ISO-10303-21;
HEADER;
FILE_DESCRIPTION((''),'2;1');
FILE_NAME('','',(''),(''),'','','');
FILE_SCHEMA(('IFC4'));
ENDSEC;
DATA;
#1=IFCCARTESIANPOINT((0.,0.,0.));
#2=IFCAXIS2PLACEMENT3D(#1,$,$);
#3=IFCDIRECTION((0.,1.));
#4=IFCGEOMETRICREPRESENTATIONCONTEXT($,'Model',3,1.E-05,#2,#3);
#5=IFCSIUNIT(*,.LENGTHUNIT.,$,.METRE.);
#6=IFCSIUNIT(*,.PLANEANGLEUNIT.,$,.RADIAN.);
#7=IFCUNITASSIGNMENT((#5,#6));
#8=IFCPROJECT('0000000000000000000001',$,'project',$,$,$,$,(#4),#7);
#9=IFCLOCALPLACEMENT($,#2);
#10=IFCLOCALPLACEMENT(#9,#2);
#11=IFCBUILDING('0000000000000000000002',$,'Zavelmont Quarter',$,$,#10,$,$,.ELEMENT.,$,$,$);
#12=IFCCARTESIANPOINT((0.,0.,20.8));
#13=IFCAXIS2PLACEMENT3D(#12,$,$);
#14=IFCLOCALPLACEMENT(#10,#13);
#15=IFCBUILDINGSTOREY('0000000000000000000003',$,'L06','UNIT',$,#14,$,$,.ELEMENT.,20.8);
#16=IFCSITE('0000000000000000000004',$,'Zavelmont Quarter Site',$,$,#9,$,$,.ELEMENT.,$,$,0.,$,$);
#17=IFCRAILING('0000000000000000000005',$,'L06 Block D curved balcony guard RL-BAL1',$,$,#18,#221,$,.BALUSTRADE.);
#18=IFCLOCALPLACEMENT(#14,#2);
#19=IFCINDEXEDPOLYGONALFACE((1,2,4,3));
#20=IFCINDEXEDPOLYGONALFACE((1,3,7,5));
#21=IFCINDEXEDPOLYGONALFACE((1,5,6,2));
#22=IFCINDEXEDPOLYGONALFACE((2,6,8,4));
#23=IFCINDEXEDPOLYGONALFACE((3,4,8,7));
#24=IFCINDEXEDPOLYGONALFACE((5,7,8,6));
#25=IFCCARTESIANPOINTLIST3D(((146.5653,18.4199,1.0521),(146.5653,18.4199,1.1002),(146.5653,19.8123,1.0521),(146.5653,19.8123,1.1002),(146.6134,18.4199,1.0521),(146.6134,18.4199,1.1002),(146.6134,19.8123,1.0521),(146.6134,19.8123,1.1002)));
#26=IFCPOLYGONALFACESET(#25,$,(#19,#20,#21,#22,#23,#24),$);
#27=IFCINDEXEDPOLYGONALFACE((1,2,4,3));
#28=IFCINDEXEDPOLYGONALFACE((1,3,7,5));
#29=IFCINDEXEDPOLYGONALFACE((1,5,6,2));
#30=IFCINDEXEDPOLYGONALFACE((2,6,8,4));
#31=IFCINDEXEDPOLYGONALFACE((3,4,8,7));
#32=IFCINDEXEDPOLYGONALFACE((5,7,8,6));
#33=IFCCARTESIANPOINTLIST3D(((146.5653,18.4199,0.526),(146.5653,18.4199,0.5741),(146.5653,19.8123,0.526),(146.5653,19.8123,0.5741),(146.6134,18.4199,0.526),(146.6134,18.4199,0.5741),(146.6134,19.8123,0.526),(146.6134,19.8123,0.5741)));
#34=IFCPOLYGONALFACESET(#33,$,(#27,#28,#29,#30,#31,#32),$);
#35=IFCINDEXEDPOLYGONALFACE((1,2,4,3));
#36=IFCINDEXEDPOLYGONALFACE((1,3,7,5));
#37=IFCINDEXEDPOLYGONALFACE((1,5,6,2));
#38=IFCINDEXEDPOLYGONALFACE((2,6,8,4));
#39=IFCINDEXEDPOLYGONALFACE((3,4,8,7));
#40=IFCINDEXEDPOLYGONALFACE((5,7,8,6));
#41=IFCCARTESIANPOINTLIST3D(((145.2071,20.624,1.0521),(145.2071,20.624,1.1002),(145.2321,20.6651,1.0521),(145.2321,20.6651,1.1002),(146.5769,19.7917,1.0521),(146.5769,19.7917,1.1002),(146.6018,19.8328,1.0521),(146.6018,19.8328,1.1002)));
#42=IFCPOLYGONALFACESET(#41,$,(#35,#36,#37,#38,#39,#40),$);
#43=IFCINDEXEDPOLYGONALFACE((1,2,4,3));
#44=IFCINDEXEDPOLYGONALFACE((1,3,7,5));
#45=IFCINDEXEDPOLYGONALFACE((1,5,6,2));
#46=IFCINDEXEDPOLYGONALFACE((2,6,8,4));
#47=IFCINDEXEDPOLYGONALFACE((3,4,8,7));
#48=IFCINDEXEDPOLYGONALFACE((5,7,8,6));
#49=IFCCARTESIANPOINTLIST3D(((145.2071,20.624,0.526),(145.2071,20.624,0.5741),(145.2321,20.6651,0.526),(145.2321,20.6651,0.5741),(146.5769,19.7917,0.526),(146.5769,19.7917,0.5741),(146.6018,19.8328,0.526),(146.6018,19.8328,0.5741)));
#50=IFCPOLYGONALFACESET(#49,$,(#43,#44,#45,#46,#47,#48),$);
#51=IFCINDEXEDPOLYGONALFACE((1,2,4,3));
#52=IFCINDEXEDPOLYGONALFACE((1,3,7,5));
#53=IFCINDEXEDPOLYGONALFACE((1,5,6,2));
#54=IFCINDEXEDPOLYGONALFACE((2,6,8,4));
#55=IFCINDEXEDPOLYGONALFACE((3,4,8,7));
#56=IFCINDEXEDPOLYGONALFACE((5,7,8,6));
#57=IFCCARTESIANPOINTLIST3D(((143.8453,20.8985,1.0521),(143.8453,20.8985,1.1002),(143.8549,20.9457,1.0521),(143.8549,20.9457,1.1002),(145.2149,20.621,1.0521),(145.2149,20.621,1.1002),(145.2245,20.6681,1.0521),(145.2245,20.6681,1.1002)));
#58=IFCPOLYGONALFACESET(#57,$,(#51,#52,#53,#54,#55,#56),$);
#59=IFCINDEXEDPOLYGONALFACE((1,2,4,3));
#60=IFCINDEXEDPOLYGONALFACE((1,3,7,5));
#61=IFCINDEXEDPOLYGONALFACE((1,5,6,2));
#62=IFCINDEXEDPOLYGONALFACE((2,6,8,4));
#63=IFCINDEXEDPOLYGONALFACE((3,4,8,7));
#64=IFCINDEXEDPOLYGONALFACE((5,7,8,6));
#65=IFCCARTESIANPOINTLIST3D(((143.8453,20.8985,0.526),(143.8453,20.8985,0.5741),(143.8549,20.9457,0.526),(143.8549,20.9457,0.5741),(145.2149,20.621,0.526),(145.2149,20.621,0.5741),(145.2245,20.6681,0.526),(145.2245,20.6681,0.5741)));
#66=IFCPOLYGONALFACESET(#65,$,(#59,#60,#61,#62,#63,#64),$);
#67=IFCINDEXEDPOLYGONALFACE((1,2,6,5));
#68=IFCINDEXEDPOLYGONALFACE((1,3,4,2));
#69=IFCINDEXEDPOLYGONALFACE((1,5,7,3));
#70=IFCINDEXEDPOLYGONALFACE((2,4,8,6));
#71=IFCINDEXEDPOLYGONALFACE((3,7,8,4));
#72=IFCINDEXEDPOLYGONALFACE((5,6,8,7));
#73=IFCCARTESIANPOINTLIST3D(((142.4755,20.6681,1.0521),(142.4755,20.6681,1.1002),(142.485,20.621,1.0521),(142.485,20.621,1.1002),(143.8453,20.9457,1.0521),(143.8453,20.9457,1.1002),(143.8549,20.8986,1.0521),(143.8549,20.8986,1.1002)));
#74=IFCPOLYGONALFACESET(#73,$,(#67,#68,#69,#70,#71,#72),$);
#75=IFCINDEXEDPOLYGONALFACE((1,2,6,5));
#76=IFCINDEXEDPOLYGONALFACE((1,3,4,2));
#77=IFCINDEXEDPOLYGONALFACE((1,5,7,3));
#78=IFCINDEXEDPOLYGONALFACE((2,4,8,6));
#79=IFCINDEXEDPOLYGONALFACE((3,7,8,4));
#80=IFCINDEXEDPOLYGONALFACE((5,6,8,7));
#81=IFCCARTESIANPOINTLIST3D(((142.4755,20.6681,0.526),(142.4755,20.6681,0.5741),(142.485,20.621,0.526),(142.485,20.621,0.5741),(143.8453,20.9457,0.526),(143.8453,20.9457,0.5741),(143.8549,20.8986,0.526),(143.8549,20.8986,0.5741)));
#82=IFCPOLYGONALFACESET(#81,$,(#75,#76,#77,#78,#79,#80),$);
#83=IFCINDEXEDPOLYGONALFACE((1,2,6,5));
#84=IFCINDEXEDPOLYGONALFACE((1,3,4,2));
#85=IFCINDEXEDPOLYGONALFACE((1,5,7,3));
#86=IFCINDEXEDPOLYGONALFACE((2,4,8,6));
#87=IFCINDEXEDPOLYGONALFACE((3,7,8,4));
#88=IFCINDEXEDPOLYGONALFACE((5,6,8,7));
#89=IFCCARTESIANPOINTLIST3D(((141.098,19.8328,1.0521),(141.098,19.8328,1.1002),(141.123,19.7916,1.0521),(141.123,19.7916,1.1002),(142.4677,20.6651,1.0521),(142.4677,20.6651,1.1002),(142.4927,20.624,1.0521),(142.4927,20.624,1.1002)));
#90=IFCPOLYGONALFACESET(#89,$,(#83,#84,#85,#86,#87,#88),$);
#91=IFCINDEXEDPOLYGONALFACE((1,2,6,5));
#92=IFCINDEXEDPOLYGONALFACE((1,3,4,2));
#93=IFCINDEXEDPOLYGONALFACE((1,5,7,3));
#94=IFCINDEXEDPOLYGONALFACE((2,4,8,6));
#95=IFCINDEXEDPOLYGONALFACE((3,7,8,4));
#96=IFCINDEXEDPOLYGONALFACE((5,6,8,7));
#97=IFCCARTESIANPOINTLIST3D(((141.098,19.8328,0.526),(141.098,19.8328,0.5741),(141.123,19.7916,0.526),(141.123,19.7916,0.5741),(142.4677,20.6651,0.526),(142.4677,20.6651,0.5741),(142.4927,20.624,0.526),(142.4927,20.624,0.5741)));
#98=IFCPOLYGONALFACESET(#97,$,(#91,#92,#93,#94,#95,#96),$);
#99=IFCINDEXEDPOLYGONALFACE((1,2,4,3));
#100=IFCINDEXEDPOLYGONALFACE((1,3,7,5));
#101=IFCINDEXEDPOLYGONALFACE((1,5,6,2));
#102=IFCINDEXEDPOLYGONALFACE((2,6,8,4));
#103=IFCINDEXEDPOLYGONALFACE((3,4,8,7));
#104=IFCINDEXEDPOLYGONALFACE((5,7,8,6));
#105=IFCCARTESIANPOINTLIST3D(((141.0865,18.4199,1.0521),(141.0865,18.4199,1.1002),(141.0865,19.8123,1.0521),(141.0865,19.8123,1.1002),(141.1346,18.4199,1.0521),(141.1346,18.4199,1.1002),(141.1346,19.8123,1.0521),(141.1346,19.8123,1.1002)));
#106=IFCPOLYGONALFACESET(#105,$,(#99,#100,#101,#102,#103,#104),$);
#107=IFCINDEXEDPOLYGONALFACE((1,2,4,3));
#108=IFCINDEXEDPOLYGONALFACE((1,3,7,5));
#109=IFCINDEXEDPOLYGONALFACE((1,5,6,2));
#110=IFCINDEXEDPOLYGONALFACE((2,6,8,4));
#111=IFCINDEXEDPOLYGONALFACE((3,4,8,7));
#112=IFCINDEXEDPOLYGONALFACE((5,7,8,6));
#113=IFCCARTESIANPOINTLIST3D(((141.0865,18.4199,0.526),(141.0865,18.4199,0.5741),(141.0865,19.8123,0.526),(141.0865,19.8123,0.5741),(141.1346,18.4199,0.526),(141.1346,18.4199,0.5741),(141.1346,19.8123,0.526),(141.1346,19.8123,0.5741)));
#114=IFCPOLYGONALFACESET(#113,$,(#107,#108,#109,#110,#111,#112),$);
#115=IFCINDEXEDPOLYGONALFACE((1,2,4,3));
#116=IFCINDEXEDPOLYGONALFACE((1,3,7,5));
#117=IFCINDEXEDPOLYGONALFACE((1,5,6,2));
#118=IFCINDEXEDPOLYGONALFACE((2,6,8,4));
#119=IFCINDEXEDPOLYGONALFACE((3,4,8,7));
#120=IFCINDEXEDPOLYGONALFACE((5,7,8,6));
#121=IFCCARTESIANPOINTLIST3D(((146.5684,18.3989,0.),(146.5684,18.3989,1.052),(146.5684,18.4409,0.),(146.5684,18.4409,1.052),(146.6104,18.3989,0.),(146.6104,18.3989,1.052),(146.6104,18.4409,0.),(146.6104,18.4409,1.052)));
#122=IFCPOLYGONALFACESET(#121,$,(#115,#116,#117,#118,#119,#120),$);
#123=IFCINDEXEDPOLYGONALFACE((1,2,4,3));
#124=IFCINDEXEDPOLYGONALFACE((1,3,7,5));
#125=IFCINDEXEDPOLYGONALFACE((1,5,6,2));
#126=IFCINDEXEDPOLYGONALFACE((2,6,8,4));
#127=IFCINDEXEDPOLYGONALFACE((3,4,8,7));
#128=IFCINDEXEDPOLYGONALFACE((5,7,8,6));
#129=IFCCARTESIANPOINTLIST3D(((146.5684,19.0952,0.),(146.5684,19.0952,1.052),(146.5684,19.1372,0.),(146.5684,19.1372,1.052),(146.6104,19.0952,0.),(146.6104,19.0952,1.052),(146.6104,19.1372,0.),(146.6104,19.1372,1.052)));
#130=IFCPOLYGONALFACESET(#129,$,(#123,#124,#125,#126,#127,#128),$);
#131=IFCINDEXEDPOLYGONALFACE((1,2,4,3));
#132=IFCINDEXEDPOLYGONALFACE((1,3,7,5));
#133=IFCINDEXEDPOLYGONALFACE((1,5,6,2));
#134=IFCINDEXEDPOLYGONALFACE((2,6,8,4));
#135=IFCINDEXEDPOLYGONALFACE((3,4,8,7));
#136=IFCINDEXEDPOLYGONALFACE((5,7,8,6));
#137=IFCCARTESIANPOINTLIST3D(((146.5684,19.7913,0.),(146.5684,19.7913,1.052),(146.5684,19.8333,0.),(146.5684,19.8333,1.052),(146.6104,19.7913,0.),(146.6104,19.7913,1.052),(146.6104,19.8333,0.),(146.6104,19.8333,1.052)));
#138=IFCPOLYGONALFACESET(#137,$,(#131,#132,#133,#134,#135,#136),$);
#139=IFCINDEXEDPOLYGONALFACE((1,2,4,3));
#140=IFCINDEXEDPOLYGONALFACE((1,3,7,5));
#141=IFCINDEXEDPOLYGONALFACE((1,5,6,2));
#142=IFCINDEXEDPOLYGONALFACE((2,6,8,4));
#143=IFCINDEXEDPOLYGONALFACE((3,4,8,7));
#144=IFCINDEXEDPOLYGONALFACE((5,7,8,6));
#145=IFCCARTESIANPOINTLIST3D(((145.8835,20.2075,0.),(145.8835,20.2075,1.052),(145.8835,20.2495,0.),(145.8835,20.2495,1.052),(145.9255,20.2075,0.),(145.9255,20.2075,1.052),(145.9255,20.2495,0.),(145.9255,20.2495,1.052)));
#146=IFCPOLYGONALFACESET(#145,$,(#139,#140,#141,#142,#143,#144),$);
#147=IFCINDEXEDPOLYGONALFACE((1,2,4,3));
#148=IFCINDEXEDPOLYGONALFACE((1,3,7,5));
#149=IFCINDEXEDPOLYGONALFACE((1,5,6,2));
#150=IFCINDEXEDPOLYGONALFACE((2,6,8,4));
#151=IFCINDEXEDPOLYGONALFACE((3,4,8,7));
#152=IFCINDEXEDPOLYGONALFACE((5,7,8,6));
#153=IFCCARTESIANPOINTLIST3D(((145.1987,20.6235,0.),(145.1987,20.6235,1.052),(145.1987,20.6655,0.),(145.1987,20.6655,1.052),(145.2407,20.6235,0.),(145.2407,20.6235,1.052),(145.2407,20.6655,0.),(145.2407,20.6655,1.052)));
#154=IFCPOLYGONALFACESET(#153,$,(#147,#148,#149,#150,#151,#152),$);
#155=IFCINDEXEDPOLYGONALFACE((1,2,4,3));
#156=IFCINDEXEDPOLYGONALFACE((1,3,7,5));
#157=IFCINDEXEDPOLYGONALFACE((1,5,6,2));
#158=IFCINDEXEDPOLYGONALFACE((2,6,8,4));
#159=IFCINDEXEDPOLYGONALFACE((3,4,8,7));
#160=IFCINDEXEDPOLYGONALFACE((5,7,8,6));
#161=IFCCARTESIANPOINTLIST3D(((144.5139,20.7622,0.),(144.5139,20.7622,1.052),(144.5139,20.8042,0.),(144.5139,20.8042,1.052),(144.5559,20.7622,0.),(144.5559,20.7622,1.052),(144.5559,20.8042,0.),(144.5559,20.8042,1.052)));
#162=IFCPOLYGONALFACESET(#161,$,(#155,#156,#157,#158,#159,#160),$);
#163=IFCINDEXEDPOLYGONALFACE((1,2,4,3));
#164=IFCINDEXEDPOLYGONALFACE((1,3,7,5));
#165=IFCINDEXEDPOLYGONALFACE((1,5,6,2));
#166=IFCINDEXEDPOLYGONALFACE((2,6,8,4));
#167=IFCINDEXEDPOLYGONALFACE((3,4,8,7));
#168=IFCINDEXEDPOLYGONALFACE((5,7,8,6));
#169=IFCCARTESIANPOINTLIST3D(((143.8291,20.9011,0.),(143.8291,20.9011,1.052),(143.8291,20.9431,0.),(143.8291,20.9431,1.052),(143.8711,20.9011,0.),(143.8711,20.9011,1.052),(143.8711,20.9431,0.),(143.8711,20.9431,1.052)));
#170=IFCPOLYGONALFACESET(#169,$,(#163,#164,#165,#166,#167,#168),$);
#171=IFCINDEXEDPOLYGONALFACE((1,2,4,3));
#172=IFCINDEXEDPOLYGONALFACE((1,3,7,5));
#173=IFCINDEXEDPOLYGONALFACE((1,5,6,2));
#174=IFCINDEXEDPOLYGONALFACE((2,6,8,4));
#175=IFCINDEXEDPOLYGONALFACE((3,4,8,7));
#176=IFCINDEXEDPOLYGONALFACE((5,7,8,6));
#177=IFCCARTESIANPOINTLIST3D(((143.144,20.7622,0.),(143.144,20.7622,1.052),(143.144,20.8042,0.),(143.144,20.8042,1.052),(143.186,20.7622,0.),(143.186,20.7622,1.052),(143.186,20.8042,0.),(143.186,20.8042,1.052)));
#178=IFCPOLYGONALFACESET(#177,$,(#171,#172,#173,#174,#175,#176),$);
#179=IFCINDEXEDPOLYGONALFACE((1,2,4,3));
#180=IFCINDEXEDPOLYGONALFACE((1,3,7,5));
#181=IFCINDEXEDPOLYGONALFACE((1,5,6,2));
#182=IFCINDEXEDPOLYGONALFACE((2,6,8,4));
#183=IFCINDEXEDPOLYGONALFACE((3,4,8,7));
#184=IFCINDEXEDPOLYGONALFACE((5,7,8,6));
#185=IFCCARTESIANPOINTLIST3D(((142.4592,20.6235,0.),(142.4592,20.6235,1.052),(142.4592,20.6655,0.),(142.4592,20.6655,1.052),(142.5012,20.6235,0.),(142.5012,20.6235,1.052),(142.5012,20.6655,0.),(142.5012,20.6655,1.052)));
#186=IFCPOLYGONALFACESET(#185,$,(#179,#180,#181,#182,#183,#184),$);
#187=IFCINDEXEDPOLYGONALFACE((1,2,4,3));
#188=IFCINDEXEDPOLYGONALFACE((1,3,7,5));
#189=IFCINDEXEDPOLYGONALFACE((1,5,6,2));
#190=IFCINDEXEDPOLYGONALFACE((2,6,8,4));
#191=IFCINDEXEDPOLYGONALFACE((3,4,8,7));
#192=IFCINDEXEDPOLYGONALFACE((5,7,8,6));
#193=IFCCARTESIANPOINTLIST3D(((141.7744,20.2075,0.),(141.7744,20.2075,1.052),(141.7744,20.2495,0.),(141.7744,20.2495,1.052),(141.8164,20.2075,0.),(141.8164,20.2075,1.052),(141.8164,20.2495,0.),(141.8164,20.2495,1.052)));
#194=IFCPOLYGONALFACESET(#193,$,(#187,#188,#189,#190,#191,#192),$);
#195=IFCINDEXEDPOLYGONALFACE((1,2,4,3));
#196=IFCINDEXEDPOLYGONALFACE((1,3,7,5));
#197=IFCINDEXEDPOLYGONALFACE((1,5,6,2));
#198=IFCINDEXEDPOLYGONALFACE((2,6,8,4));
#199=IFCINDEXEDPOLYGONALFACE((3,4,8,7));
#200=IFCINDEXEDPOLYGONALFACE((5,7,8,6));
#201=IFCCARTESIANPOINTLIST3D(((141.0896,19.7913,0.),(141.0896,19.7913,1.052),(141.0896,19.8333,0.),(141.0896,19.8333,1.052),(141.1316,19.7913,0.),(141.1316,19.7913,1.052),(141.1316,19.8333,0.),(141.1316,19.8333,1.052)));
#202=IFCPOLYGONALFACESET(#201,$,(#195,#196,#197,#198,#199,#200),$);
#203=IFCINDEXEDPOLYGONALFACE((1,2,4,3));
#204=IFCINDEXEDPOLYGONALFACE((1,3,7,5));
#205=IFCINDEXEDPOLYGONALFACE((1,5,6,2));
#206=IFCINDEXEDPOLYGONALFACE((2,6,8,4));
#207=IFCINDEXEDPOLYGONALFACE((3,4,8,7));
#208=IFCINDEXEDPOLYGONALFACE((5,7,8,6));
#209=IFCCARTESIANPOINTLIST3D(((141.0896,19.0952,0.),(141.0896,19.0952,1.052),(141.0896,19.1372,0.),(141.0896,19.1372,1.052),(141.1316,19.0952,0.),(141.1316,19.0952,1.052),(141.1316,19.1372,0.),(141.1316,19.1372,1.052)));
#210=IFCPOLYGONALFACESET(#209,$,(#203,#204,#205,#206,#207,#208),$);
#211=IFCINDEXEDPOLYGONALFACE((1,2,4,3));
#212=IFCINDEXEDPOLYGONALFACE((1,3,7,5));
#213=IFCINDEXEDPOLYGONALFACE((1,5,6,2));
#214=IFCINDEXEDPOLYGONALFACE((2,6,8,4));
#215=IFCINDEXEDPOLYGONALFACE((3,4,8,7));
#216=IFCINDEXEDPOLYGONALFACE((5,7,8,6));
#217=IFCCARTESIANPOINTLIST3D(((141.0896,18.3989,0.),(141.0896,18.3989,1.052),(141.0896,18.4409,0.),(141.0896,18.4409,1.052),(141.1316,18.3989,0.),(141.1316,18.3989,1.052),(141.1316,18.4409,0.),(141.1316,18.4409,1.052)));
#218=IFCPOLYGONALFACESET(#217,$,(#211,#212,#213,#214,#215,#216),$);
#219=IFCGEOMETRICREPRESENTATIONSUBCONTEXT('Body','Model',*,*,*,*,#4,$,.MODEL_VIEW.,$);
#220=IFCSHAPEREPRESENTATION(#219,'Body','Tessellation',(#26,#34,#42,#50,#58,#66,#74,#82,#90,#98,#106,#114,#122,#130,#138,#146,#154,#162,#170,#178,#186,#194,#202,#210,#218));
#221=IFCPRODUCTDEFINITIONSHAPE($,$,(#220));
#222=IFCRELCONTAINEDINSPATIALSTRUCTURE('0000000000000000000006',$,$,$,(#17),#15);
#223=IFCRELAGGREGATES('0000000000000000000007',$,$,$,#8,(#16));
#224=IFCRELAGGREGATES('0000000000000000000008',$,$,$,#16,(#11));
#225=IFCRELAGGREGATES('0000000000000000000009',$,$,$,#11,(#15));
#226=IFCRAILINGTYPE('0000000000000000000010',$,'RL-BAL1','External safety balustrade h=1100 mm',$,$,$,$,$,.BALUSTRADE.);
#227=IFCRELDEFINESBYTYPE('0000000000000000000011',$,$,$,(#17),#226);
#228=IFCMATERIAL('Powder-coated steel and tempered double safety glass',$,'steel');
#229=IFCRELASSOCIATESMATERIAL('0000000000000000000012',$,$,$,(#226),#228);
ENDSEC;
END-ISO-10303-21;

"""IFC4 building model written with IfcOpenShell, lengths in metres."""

from ifc_helpers import new_model, si_unit, direction, frame, origin, origin_2d, place, context, subcontext, project, spatial, rectangle, extrude, material, type_object, element, save


model = new_model("IFC4")

# Units and contexts
model_context = context("Model", 3, precision=1e-05, world=origin(), true_north=direction((0.0, 1.0)))
body_context = subcontext(model_context, "Body", "Model", "MODEL_VIEW")
ifc_project = project(units=[si_unit("LENGTHUNIT", "METRE"), si_unit("PLANEANGLEUNIT", "RADIAN")], contexts=[model_context])

# Site, building, storey
site_placement = place(None, origin())
site = spatial("IfcSite", under=ifc_project, at=site_placement, Name="Zavelmont Quarter Site", CompositionType="ELEMENT", RefElevation=0.0)
building_placement = place(site_placement, origin())
building = spatial("IfcBuilding", under=site, at=building_placement, Name="Zavelmont Quarter", CompositionType="ELEMENT")
storey_placement = place(building_placement, frame((0.0, 0.0, 20.8)))
storey = spatial("IfcBuildingStorey", under=building, at=storey_placement, Name="L06", Description="UNIT", CompositionType="ELEMENT", Elevation=20.8)

# Railing
ifc_material_1 = material(Name="Powder-coated steel and tempered double safety glass", Category="steel")
railing_type = type_object("IfcRailingType", Name="RL-BAL1", Description="External safety balustrade h=1100 mm", PredefinedType="BALUSTRADE", material=ifc_material_1)
railing_placement = place(storey_placement, frame((146.5894, 18.4199, 0.0)))
element("IfcRailing", 1, at=railing_placement, inside=storey, type_object=railing_type, Name="L06 Block D curved balcony guard RL-BAL1", PredefinedType="BALUSTRADE", context=body_context, shape_type="SweptSolid", body=[
    extrude(rectangle(XDim=0.0481, YDim=0.0481, at=origin_2d()), frame((0.0, 0.0, 1.0762), z_axis=(0.0, 1.0, 0.0), x_axis=(-1.0, 0.0, 0.0)), (0.0, 0.0, 1.0), 1.3923),
    extrude(rectangle(XDim=0.0481, YDim=0.0481, at=origin_2d()), frame((0.0, 0.0, 0.55), z_axis=(0.0, 1.0, 0.0), x_axis=(-1.0, 0.0, 0.0)), (0.0, 0.0, 1.0), 1.3923),
    extrude(rectangle(XDim=0.0481, YDim=0.0481, at=origin_2d()), frame((0.0, 1.3923, 1.0762), z_axis=(-0.85459, 0.519304, 0.0), x_axis=(-0.519304, -0.85459, 0.0)), (0.0, 0.0, 1.0), 1.6028),
    extrude(rectangle(XDim=0.0481, YDim=0.0481, at=origin_2d()), frame((0.0, 1.3923, 0.55), z_axis=(-0.85459, 0.519304, 0.0), x_axis=(-0.519304, -0.85459, 0.0)), (0.0, 0.0, 1.0), 1.6028),
    extrude(rectangle(XDim=0.0481, YDim=0.0481, at=origin_2d()), frame((-1.3696, 2.2246, 1.0762), z_axis=(-0.980073, 0.198635, 0.0), x_axis=(-0.198635, -0.980073, 0.0)), (0.0, 0.0, 1.0), 1.3975),
    extrude(rectangle(XDim=0.0481, YDim=0.0481, at=origin_2d()), frame((-1.3696, 2.2246, 0.55), z_axis=(-0.980073, 0.198635, 0.0), x_axis=(-0.198635, -0.980073, 0.0)), (0.0, 0.0, 1.0), 1.3975),
    extrude(rectangle(XDim=0.0481, YDim=0.0481, at=origin_2d()), frame((-2.7393, 2.5022, 1.0762), z_axis=(-0.98008, -0.198601, 0.0), x_axis=(0.198601, -0.98008, 0.0)), (0.0, 0.0, 1.0), 1.3977),
    extrude(rectangle(XDim=0.0481, YDim=0.0481, at=origin_2d()), frame((-2.7393, 2.5022, 0.55), z_axis=(-0.98008, -0.198601, 0.0), x_axis=(0.198601, -0.98008, 0.0)), (0.0, 0.0, 1.0), 1.3977),
    extrude(rectangle(XDim=0.0481, YDim=0.0481, at=origin_2d()), frame((-4.1091, 2.2246, 1.0762), z_axis=(-0.85459, -0.519304, 0.0), x_axis=(0.519304, -0.85459, 0.0)), (0.0, 0.0, 1.0), 1.6028),
    extrude(rectangle(XDim=0.0481, YDim=0.0481, at=origin_2d()), frame((-4.1091, 2.2246, 0.55), z_axis=(-0.85459, -0.519304, 0.0), x_axis=(0.519304, -0.85459, 0.0)), (0.0, 0.0, 1.0), 1.6028),
    extrude(rectangle(XDim=0.0481, YDim=0.0481, at=origin_2d()), frame((-5.4788, 1.3923, 1.0762), z_axis=(0.0, -1.0, 0.0), x_axis=(1.0, 0.0, 0.0)), (0.0, 0.0, 1.0), 1.3923),
    extrude(rectangle(XDim=0.0481, YDim=0.0481, at=origin_2d()), frame((-5.4788, 1.3923, 0.55), z_axis=(0.0, -1.0, 0.0), x_axis=(1.0, 0.0, 0.0)), (0.0, 0.0, 1.0), 1.3923),
    extrude(rectangle(XDim=0.042, YDim=0.042, at=origin_2d()), origin(), (0.0, 0.0, 1.0), 1.052),
    extrude(rectangle(XDim=0.042, YDim=0.042, at=origin_2d()), frame((0.0, 0.6963, 0.0)), (0.0, 0.0, 1.0), 1.052),
    extrude(rectangle(XDim=0.042, YDim=0.042, at=origin_2d()), frame((0.0, 1.3923, 0.0)), (0.0, 0.0, 1.0), 1.052),
    extrude(rectangle(XDim=0.042, YDim=0.042, at=origin_2d()), frame((-0.6848, 1.8086, 0.0)), (0.0, 0.0, 1.0), 1.052),
    extrude(rectangle(XDim=0.042, YDim=0.042, at=origin_2d()), frame((-1.3696, 2.2246, 0.0)), (0.0, 0.0, 1.0), 1.052),
    extrude(rectangle(XDim=0.042, YDim=0.042, at=origin_2d()), frame((-2.0544, 2.3633, 0.0)), (0.0, 0.0, 1.0), 1.052),
    extrude(rectangle(XDim=0.042, YDim=0.042, at=origin_2d()), frame((-2.7393, 2.5022, 0.0)), (0.0, 0.0, 1.0), 1.052),
    extrude(rectangle(XDim=0.042, YDim=0.042, at=origin_2d()), frame((-3.4243, 2.3633, 0.0)), (0.0, 0.0, 1.0), 1.052),
    extrude(rectangle(XDim=0.042, YDim=0.042, at=origin_2d()), frame((-4.1091, 2.2246, 0.0)), (0.0, 0.0, 1.0), 1.052),
    extrude(rectangle(XDim=0.042, YDim=0.042, at=origin_2d()), frame((-4.7939, 1.8086, 0.0)), (0.0, 0.0, 1.0), 1.052),
    extrude(rectangle(XDim=0.042, YDim=0.042, at=origin_2d()), frame((-5.4788, 1.3923, 0.0)), (0.0, 0.0, 1.0), 1.052),
    extrude(rectangle(XDim=0.042, YDim=0.042, at=origin_2d()), frame((-5.4788, 0.6963, 0.0)), (0.0, 0.0, 1.0), 1.052),
    extrude(rectangle(XDim=0.042, YDim=0.042, at=origin_2d()), frame((-5.4788, 0.0, 0.0)), (0.0, 0.0, 1.0), 1.052),
])

save(model, "model.ifc")
